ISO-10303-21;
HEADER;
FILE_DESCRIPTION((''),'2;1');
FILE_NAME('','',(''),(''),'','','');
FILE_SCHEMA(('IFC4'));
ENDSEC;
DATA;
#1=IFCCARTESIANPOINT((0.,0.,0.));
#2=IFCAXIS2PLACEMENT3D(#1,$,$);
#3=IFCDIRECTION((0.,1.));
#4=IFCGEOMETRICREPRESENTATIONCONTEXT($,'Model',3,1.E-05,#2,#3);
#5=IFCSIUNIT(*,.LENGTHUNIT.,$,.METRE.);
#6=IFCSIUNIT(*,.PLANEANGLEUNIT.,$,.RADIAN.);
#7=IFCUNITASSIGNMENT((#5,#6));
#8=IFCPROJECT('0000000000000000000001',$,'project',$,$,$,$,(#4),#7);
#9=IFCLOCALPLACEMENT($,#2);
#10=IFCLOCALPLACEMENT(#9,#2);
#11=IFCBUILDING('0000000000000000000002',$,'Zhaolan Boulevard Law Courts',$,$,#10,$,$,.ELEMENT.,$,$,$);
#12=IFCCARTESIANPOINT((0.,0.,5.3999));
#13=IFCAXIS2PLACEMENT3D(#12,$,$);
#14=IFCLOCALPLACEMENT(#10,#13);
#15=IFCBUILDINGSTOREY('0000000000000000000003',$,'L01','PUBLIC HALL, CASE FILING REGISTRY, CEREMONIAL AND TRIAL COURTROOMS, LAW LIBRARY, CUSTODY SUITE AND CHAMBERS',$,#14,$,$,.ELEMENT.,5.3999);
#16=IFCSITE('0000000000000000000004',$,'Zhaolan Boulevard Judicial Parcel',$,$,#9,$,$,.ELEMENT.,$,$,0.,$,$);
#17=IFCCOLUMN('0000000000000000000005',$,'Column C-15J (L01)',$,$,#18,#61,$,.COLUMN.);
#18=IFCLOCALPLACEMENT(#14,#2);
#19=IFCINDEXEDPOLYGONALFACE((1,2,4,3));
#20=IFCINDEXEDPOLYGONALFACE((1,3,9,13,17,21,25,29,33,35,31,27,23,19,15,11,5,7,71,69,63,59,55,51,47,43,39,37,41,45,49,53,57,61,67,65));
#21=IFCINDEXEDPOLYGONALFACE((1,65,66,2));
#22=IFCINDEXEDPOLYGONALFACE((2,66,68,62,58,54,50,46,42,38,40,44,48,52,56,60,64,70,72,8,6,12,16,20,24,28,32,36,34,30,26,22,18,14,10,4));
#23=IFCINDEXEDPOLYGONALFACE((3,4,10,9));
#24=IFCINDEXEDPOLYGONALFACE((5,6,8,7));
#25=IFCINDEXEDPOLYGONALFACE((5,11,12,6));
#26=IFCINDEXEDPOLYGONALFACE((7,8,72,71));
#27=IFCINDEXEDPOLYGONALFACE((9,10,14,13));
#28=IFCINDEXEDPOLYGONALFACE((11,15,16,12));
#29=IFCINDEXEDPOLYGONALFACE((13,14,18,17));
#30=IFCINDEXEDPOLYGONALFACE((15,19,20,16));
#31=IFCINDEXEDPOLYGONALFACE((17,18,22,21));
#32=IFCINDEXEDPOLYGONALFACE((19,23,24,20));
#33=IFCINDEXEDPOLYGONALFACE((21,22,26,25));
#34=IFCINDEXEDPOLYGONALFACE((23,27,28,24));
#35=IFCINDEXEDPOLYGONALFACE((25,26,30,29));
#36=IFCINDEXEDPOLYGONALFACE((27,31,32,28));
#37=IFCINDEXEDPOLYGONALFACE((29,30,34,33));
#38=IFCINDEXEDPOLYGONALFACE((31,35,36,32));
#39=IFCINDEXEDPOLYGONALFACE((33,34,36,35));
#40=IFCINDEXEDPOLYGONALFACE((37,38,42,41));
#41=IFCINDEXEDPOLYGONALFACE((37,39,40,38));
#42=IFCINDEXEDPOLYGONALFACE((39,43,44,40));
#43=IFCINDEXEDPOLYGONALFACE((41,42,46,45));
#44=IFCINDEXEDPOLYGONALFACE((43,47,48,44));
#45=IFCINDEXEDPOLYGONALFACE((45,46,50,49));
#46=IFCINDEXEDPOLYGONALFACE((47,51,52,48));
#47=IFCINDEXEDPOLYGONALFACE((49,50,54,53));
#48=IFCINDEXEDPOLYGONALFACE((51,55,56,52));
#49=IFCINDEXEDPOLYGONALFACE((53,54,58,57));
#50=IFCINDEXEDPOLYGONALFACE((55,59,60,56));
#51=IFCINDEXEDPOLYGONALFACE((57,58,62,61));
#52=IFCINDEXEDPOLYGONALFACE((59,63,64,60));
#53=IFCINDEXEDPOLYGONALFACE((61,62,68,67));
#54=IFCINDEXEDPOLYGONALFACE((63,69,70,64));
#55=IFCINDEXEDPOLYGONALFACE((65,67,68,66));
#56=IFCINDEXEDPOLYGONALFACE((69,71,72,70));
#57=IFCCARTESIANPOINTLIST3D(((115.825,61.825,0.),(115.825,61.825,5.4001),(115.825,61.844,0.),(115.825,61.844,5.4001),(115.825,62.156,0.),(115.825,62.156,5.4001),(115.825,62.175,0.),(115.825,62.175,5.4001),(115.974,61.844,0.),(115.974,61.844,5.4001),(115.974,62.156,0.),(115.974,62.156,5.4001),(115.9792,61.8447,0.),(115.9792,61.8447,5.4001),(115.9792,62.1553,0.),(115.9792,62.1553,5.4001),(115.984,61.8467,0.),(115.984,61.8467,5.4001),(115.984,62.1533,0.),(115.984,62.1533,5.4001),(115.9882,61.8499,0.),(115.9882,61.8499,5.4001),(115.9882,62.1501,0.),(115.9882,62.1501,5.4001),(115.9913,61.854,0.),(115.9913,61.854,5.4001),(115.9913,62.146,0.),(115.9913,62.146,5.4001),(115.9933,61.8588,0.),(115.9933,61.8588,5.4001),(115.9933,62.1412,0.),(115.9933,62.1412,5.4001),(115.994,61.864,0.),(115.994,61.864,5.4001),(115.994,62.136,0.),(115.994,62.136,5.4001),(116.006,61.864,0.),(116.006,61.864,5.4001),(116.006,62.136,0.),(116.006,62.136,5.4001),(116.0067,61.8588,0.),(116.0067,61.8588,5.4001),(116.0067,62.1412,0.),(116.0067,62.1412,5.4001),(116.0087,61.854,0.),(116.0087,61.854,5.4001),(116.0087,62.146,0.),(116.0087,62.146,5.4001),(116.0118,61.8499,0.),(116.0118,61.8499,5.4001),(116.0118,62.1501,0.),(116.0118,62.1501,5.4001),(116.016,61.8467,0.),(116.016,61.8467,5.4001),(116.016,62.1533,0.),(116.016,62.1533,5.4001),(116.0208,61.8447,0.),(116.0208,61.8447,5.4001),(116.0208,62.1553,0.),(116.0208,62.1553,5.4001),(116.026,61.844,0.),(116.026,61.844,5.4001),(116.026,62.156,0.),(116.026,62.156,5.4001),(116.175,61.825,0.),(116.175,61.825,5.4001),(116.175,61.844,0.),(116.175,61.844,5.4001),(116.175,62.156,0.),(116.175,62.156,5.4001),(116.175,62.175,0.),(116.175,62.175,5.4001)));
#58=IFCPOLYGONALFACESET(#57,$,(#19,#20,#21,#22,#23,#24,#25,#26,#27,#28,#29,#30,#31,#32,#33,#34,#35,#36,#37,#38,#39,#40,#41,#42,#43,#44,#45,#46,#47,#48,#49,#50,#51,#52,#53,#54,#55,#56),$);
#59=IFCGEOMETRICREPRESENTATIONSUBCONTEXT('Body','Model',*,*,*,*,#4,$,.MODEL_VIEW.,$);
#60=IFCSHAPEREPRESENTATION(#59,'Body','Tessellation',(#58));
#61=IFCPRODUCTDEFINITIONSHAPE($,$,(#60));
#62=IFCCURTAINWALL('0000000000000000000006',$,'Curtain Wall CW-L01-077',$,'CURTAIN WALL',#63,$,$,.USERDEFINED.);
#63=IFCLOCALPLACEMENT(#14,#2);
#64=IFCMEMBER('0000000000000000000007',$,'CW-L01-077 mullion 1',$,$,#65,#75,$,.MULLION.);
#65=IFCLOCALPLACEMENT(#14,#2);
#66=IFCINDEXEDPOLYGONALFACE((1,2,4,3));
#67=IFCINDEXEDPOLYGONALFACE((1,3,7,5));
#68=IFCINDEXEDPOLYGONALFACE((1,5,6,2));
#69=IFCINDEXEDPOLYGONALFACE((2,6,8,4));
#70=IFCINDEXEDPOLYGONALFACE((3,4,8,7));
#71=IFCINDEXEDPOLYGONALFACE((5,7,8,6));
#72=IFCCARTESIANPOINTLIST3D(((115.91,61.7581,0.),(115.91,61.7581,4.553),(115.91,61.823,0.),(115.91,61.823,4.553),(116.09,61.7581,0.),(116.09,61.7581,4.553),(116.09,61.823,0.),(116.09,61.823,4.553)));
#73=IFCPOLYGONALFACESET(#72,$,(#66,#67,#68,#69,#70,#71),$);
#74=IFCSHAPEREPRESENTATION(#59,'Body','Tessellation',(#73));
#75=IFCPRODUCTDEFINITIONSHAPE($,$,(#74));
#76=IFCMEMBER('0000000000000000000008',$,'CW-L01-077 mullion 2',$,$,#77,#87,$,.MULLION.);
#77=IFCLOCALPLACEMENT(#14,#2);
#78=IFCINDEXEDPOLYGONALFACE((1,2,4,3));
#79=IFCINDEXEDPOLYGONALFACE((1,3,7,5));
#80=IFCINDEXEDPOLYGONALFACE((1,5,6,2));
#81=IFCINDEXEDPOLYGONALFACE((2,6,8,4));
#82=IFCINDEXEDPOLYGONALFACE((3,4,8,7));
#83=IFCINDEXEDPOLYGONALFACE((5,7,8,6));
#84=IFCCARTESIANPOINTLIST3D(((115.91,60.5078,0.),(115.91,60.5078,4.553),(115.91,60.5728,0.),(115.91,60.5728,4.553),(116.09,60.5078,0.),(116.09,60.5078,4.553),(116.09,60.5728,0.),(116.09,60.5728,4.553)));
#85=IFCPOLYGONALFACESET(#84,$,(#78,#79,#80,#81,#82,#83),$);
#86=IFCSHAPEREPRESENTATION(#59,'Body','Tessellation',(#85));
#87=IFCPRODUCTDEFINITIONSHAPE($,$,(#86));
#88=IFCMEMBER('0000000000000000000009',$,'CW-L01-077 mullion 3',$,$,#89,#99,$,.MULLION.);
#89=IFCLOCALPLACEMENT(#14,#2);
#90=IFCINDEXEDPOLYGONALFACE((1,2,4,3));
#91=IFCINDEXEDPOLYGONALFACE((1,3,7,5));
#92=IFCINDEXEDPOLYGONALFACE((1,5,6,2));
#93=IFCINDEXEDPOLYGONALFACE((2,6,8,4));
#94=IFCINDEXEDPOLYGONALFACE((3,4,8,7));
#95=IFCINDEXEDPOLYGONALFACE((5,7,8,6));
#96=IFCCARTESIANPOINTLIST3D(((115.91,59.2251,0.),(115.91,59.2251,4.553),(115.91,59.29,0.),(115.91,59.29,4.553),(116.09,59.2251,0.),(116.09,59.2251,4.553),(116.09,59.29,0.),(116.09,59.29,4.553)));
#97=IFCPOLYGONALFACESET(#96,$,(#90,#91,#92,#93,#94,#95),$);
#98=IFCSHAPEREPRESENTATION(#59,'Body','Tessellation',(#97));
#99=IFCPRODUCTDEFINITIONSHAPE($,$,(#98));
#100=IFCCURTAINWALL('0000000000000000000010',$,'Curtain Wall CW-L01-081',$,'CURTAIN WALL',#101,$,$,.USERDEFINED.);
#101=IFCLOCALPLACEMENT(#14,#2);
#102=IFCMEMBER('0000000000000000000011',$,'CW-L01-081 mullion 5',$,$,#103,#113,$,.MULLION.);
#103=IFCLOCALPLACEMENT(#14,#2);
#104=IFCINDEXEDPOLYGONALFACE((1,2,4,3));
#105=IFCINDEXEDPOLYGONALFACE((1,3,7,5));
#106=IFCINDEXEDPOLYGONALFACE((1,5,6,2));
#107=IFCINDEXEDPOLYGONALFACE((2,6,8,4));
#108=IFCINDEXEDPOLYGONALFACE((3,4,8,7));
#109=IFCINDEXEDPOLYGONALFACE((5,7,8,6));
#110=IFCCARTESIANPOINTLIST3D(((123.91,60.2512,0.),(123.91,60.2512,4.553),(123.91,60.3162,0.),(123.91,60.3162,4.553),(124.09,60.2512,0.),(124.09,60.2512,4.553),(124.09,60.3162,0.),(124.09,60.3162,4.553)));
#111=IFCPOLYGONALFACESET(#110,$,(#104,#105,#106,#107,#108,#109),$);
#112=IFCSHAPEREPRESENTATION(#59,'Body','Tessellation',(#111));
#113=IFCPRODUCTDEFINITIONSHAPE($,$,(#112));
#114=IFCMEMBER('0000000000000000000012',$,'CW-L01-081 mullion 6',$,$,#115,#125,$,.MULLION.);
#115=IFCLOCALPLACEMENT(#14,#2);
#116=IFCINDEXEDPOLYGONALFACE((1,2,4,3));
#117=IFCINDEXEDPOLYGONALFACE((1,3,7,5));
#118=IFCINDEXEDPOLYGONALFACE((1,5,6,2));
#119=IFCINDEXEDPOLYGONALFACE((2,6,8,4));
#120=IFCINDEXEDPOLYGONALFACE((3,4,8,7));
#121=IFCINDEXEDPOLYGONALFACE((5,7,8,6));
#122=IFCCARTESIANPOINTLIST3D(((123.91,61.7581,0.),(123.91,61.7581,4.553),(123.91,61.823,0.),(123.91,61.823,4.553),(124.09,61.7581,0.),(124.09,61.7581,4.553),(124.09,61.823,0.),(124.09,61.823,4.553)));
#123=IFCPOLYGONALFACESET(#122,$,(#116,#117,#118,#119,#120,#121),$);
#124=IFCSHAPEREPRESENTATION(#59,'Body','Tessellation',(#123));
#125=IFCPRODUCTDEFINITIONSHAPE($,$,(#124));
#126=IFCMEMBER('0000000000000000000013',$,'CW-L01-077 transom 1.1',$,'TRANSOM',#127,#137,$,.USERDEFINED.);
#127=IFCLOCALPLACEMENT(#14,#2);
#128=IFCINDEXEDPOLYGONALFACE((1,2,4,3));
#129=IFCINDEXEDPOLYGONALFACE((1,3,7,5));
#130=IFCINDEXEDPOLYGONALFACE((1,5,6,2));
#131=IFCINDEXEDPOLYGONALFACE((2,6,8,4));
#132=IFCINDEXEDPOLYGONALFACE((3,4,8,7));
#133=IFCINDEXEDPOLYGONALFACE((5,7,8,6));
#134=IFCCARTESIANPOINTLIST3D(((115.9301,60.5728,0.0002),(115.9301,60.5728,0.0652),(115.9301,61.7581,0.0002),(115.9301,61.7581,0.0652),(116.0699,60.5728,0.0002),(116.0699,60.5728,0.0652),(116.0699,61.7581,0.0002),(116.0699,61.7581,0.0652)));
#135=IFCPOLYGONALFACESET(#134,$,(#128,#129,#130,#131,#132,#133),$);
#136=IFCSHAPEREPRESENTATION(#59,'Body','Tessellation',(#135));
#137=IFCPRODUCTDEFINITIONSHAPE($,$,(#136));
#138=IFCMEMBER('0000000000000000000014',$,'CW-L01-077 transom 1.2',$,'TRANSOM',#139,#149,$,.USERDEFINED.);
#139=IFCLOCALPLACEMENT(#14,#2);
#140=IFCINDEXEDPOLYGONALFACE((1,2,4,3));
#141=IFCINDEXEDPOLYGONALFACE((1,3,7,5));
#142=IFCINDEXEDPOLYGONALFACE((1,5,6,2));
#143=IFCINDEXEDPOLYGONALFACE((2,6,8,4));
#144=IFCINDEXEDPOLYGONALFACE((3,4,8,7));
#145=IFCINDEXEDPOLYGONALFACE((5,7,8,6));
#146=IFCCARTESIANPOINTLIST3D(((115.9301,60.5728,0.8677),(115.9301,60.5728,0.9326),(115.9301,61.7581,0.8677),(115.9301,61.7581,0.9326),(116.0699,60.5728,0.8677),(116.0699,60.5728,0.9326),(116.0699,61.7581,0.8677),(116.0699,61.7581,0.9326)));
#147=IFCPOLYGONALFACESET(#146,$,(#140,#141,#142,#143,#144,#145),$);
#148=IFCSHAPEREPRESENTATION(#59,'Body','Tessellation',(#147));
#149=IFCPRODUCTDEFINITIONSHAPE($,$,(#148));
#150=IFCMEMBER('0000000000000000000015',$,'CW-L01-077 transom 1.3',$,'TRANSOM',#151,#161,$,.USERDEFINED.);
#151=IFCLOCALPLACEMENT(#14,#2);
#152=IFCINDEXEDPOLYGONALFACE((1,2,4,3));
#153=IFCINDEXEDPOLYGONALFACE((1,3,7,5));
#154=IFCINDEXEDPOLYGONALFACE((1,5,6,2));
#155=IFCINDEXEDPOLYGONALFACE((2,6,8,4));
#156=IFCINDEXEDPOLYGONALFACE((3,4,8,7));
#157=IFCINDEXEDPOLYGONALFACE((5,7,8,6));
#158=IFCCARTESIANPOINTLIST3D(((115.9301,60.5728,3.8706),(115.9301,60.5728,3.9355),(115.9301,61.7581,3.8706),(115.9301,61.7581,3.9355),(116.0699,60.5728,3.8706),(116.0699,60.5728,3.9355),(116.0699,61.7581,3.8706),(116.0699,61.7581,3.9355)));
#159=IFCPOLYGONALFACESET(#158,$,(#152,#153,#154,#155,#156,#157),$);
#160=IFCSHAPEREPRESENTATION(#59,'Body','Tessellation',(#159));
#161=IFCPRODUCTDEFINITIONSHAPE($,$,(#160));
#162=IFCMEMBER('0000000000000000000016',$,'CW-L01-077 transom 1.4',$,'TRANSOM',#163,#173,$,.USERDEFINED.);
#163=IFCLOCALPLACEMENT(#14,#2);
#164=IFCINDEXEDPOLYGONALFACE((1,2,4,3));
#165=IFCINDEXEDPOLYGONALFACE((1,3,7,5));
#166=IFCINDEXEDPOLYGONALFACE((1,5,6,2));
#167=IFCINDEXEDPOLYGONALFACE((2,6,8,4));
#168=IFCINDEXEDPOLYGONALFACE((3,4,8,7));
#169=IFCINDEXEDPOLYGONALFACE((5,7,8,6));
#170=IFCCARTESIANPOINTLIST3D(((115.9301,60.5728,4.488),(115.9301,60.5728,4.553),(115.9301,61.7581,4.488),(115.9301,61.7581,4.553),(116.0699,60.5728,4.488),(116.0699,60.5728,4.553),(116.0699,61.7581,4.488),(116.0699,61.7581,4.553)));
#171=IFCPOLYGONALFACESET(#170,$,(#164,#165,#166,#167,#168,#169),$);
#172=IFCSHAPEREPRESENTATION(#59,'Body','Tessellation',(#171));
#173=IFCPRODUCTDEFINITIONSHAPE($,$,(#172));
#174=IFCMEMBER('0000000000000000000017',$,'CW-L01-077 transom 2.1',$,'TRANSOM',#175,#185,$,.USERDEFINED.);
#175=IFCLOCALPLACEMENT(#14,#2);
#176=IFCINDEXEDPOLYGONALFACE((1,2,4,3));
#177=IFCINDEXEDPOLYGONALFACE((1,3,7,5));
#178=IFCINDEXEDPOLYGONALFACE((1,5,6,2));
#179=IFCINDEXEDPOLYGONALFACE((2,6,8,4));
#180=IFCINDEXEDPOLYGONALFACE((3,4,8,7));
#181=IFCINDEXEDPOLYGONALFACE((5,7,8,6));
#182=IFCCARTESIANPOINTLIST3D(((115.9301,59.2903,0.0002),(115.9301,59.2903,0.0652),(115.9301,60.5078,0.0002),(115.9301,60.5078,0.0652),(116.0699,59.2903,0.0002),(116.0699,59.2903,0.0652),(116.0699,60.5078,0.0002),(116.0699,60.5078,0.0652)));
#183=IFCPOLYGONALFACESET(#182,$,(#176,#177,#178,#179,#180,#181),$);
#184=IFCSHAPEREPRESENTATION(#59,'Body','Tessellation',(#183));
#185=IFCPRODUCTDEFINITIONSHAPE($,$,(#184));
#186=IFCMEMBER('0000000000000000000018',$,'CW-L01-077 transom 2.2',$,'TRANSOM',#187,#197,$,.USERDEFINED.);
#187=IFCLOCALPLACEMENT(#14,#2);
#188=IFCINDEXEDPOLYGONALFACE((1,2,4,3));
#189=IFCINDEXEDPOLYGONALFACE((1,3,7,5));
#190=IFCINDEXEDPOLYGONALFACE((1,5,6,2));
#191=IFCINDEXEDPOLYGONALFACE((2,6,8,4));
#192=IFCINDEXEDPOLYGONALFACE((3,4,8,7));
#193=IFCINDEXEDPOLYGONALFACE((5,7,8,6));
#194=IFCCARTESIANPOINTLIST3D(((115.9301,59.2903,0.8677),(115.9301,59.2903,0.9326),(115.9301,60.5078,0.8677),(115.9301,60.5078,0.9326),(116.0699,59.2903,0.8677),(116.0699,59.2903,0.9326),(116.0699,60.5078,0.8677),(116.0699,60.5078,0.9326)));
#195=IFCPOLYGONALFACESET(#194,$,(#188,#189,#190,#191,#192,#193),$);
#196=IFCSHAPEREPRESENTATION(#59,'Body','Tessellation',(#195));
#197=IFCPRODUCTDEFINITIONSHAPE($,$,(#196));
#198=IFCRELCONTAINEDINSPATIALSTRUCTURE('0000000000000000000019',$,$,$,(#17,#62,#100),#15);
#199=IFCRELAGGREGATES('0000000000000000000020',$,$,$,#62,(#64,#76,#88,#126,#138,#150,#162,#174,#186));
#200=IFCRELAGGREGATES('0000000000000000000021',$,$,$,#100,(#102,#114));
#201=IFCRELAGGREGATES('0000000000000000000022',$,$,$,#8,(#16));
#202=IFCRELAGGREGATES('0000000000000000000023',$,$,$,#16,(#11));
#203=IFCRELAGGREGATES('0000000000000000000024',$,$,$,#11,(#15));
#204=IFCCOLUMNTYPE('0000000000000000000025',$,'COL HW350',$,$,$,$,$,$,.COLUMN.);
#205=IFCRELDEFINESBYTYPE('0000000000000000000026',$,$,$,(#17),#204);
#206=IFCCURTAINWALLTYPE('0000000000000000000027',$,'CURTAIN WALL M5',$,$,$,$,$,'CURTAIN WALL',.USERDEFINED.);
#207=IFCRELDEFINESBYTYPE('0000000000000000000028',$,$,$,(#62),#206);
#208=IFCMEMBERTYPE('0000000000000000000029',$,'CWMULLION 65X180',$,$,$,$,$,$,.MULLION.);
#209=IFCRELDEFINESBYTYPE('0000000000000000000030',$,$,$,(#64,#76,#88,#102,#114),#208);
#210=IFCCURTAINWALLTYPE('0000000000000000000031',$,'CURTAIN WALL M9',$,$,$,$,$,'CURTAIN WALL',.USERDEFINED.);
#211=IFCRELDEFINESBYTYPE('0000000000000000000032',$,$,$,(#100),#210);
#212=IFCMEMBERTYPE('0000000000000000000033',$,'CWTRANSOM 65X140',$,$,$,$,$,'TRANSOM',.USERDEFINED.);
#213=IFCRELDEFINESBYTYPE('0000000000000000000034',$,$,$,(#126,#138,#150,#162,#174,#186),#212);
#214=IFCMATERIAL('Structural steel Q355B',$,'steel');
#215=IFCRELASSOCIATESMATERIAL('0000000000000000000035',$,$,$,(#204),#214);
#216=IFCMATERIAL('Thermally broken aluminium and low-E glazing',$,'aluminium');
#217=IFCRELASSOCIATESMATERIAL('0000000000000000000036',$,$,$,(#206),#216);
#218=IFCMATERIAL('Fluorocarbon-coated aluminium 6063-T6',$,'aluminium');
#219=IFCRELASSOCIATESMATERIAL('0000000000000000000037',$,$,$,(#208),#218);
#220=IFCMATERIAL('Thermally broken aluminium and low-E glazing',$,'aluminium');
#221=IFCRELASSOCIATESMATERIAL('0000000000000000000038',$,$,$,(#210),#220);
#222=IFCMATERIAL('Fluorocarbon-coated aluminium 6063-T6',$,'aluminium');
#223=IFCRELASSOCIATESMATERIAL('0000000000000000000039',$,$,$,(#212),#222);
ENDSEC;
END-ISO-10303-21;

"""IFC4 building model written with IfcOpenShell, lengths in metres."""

from ifc_helpers import new_model, si_unit, direction, frame, origin, origin_2d, place, context, subcontext, project, spatial, rectangle, i_section, extrude, material, material_profile, profile_set, type_object, element, aggregate, save


model = new_model("IFC4")

# Units and contexts
model_context = context("Model", 3, precision=1e-05, world=origin(), true_north=direction((0.0, 1.0)))
body_context = subcontext(model_context, "Body", "Model", "MODEL_VIEW")
ifc_project = project(units=[si_unit("LENGTHUNIT", "METRE"), si_unit("PLANEANGLEUNIT", "RADIAN")], contexts=[model_context])

# Site, building, storey
site_placement = place(None, origin())
site = spatial("IfcSite", under=ifc_project, at=site_placement, Name="Zhaolan Boulevard Judicial Parcel", CompositionType="ELEMENT", RefElevation=0.0)
building_placement = place(site_placement, origin())
building = spatial("IfcBuilding", under=site, at=building_placement, Name="Zhaolan Boulevard Law Courts", CompositionType="ELEMENT")
storey_placement = place(building_placement, frame((0.0, 0.0, 5.3999)))
storey = spatial("IfcBuildingStorey", under=building, at=storey_placement, Name="L01", Description="PUBLIC HALL, CASE FILING REGISTRY, CEREMONIAL AND TRIAL COURTROOMS, LAW LIBRARY, CUSTODY SUITE AND CHAMBERS", CompositionType="ELEMENT", Elevation=5.3999)

# Column
ifc_material_1 = material(Name="Structural steel Q355B", Category="steel")
ifc_material_profile_1 = material_profile(ifc_material_1, i_section(OverallWidth=0.3501, OverallDepth=0.3501, WebThickness=0.012, FlangeThickness=0.019, FilletRadius=0.02, at=origin_2d()), Name="HW350x350")
ifc_profile_set_1 = profile_set([ifc_material_profile_1], Name="Structural steel Q355B")
column_type = type_object("IfcColumnType", Name="COL HW350", PredefinedType="COLUMN", material=ifc_profile_set_1)
column_placement = place(storey_placement, frame((116.0, 62.0, 0.0), z_axis=(0.0, 0.0, 1.0), x_axis=(1.0, 0.0, 0.0)))
element("IfcColumn", 1, at=column_placement, inside=storey, type_object=column_type, Name="Column C-15J (L01)", PredefinedType="COLUMN", context=body_context, shape_type="SweptSolid", body=[
    extrude(i_section(OverallWidth=0.3501, OverallDepth=0.3501, WebThickness=0.012, FlangeThickness=0.019, FilletRadius=0.02, at=origin_2d()), origin(), (0.0, 0.0, 1.0), 5.4001),
])

# Curtain walls, members
ifc_material_2 = material(Name="Thermally broken aluminium and low-E glazing", Category="aluminium")
curtain_wall_type_1 = type_object("IfcCurtainWallType", Name="CURTAIN WALL M5", ElementType="CURTAIN WALL", PredefinedType="USERDEFINED", material=ifc_material_2)
curtain_wall_1_placement = place(storey_placement, origin())
curtain_wall_1 = element("IfcCurtainWall", 2, at=curtain_wall_1_placement, inside=storey, type_object=curtain_wall_type_1, Name="Curtain Wall CW-L01-077", ObjectType="CURTAIN WALL", PredefinedType="USERDEFINED")
ifc_material_3 = material(Name="Fluorocarbon-coated aluminium 6063-T6", Category="aluminium")
ifc_material_profile_2 = material_profile(ifc_material_3, rectangle(XDim=0.1799, YDim=0.0649, at=origin_2d()), Name="AL65x180")
ifc_profile_set_2 = profile_set([ifc_material_profile_2], Name="Fluorocarbon-coated aluminium 6063-T6")
member_type_1 = type_object("IfcMemberType", Name="CWMULLION 65X180", PredefinedType="MULLION", material=ifc_profile_set_2)
member_1_placement = place(storey_placement, frame((116.0, 61.7905, 0.0), z_axis=(0.0, 0.0, 1.0), x_axis=(1.0, 0.0, 0.0)))
member_1 = element("IfcMember", 3, at=member_1_placement, type_object=member_type_1, Name="CW-L01-077 mullion 1", PredefinedType="MULLION", context=body_context, shape_type="SweptSolid", body=[
    extrude(rectangle(XDim=0.1799, YDim=0.0649, at=origin_2d()), origin(), (0.0, 0.0, 1.0), 4.553),
])
member_2_placement = place(storey_placement, frame((116.0, 60.5403, 0.0), z_axis=(0.0, 0.0, 1.0), x_axis=(1.0, 0.0, 0.0)))
member_2 = element("IfcMember", 4, at=member_2_placement, type_object=member_type_1, Name="CW-L01-077 mullion 2", PredefinedType="MULLION", context=body_context, shape_type="SweptSolid", body=[
    extrude(rectangle(XDim=0.1799, YDim=0.0649, at=origin_2d()), origin(), (0.0, 0.0, 1.0), 4.553),
])
member_3_placement = place(storey_placement, frame((116.0, 59.2576, 0.0), z_axis=(0.0, 0.0, 1.0), x_axis=(1.0, 0.0, 0.0)))
member_3 = element("IfcMember", 5, at=member_3_placement, type_object=member_type_1, Name="CW-L01-077 mullion 3", PredefinedType="MULLION", context=body_context, shape_type="SweptSolid", body=[
    extrude(rectangle(XDim=0.1799, YDim=0.0649, at=origin_2d()), origin(), (0.0, 0.0, 1.0), 4.553),
])
ifc_material_4 = material(Name="Thermally broken aluminium and low-E glazing", Category="aluminium")
curtain_wall_type_2 = type_object("IfcCurtainWallType", Name="CURTAIN WALL M9", ElementType="CURTAIN WALL", PredefinedType="USERDEFINED", material=ifc_material_4)
curtain_wall_2_placement = place(storey_placement, origin())
curtain_wall_2 = element("IfcCurtainWall", 6, at=curtain_wall_2_placement, inside=storey, type_object=curtain_wall_type_2, Name="Curtain Wall CW-L01-081", ObjectType="CURTAIN WALL", PredefinedType="USERDEFINED")
member_4_placement = place(storey_placement, frame((124.0, 60.2837, 0.0), z_axis=(0.0, 0.0, 1.0), x_axis=(-1.0, 0.0, 0.0)))
member_4 = element("IfcMember", 7, at=member_4_placement, type_object=member_type_1, Name="CW-L01-081 mullion 5", PredefinedType="MULLION", context=body_context, shape_type="SweptSolid", body=[
    extrude(rectangle(XDim=0.1799, YDim=0.0649, at=origin_2d()), origin(), (0.0, 0.0, 1.0), 4.553),
])
member_5_placement = place(storey_placement, frame((124.0, 61.7905, 0.0), z_axis=(0.0, 0.0, 1.0), x_axis=(-1.0, 0.0, 0.0)))
member_5 = element("IfcMember", 8, at=member_5_placement, type_object=member_type_1, Name="CW-L01-081 mullion 6", PredefinedType="MULLION", context=body_context, shape_type="SweptSolid", body=[
    extrude(rectangle(XDim=0.1799, YDim=0.0649, at=origin_2d()), origin(), (0.0, 0.0, 1.0), 4.553),
])

# Members
ifc_material_5 = material(Name="Fluorocarbon-coated aluminium 6063-T6", Category="aluminium")
ifc_material_profile_3 = material_profile(ifc_material_5, rectangle(XDim=0.1399, YDim=0.0649, at=origin_2d()), Name="AL65x140")
ifc_profile_set_3 = profile_set([ifc_material_profile_3], Name="Fluorocarbon-coated aluminium 6063-T6")
member_type_2 = type_object("IfcMemberType", Name="CWTRANSOM 65X140", ElementType="TRANSOM", PredefinedType="USERDEFINED", material=ifc_profile_set_3)
member_6_placement = place(storey_placement, frame((116.0, 61.7581, 0.0327), z_axis=(0.0, -1.0, 0.0), x_axis=(1.0, 0.0, 0.0)))
member_6 = element("IfcMember", 9, at=member_6_placement, type_object=member_type_2, Name="CW-L01-077 transom 1.1", ObjectType="TRANSOM", PredefinedType="USERDEFINED", context=body_context, shape_type="SweptSolid", body=[
    extrude(rectangle(XDim=0.1399, YDim=0.0649, at=origin_2d()), origin(), (0.0, 0.0, 1.0), 1.1853),
])
member_7_placement = place(storey_placement, frame((116.0, 61.7581, 0.9001), z_axis=(0.0, -1.0, 0.0), x_axis=(1.0, 0.0, 0.0)))
member_7 = element("IfcMember", 10, at=member_7_placement, type_object=member_type_2, Name="CW-L01-077 transom 1.2", ObjectType="TRANSOM", PredefinedType="USERDEFINED", context=body_context, shape_type="SweptSolid", body=[
    extrude(rectangle(XDim=0.1399, YDim=0.0649, at=origin_2d()), origin(), (0.0, 0.0, 1.0), 1.1853),
])
member_8_placement = place(storey_placement, frame((116.0, 61.7581, 3.9031), z_axis=(0.0, -1.0, 0.0), x_axis=(1.0, 0.0, 0.0)))
member_8 = element("IfcMember", 11, at=member_8_placement, type_object=member_type_2, Name="CW-L01-077 transom 1.3", ObjectType="TRANSOM", PredefinedType="USERDEFINED", context=body_context, shape_type="SweptSolid", body=[
    extrude(rectangle(XDim=0.1399, YDim=0.0649, at=origin_2d()), origin(), (0.0, 0.0, 1.0), 1.1853),
])
member_9_placement = place(storey_placement, frame((116.0, 61.7581, 4.5205), z_axis=(0.0, -1.0, 0.0), x_axis=(1.0, 0.0, 0.0)))
member_9 = element("IfcMember", 12, at=member_9_placement, type_object=member_type_2, Name="CW-L01-077 transom 1.4", ObjectType="TRANSOM", PredefinedType="USERDEFINED", context=body_context, shape_type="SweptSolid", body=[
    extrude(rectangle(XDim=0.1399, YDim=0.0649, at=origin_2d()), origin(), (0.0, 0.0, 1.0), 1.1853),
])
member_10_placement = place(storey_placement, frame((116.0, 60.5078, 0.0327), z_axis=(0.0, -1.0, 0.0), x_axis=(1.0, 0.0, 0.0)))
member_10 = element("IfcMember", 13, at=member_10_placement, type_object=member_type_2, Name="CW-L01-077 transom 2.1", ObjectType="TRANSOM", PredefinedType="USERDEFINED", context=body_context, shape_type="SweptSolid", body=[
    extrude(rectangle(XDim=0.1399, YDim=0.0649, at=origin_2d()), origin(), (0.0, 0.0, 1.0), 1.2175),
])
member_11_placement = place(storey_placement, frame((116.0, 60.5078, 0.9001), z_axis=(0.0, -1.0, 0.0), x_axis=(1.0, 0.0, 0.0)))
member_11 = element("IfcMember", 14, at=member_11_placement, type_object=member_type_2, Name="CW-L01-077 transom 2.2", ObjectType="TRANSOM", PredefinedType="USERDEFINED", context=body_context, shape_type="SweptSolid", body=[
    extrude(rectangle(XDim=0.1399, YDim=0.0649, at=origin_2d()), origin(), (0.0, 0.0, 1.0), 1.2175),
])

aggregate(curtain_wall_1, [member_1, member_2, member_3, member_6, member_7, member_8, member_9, member_10, member_11])
aggregate(curtain_wall_2, [member_4, member_5])

save(model, "model.ifc")
